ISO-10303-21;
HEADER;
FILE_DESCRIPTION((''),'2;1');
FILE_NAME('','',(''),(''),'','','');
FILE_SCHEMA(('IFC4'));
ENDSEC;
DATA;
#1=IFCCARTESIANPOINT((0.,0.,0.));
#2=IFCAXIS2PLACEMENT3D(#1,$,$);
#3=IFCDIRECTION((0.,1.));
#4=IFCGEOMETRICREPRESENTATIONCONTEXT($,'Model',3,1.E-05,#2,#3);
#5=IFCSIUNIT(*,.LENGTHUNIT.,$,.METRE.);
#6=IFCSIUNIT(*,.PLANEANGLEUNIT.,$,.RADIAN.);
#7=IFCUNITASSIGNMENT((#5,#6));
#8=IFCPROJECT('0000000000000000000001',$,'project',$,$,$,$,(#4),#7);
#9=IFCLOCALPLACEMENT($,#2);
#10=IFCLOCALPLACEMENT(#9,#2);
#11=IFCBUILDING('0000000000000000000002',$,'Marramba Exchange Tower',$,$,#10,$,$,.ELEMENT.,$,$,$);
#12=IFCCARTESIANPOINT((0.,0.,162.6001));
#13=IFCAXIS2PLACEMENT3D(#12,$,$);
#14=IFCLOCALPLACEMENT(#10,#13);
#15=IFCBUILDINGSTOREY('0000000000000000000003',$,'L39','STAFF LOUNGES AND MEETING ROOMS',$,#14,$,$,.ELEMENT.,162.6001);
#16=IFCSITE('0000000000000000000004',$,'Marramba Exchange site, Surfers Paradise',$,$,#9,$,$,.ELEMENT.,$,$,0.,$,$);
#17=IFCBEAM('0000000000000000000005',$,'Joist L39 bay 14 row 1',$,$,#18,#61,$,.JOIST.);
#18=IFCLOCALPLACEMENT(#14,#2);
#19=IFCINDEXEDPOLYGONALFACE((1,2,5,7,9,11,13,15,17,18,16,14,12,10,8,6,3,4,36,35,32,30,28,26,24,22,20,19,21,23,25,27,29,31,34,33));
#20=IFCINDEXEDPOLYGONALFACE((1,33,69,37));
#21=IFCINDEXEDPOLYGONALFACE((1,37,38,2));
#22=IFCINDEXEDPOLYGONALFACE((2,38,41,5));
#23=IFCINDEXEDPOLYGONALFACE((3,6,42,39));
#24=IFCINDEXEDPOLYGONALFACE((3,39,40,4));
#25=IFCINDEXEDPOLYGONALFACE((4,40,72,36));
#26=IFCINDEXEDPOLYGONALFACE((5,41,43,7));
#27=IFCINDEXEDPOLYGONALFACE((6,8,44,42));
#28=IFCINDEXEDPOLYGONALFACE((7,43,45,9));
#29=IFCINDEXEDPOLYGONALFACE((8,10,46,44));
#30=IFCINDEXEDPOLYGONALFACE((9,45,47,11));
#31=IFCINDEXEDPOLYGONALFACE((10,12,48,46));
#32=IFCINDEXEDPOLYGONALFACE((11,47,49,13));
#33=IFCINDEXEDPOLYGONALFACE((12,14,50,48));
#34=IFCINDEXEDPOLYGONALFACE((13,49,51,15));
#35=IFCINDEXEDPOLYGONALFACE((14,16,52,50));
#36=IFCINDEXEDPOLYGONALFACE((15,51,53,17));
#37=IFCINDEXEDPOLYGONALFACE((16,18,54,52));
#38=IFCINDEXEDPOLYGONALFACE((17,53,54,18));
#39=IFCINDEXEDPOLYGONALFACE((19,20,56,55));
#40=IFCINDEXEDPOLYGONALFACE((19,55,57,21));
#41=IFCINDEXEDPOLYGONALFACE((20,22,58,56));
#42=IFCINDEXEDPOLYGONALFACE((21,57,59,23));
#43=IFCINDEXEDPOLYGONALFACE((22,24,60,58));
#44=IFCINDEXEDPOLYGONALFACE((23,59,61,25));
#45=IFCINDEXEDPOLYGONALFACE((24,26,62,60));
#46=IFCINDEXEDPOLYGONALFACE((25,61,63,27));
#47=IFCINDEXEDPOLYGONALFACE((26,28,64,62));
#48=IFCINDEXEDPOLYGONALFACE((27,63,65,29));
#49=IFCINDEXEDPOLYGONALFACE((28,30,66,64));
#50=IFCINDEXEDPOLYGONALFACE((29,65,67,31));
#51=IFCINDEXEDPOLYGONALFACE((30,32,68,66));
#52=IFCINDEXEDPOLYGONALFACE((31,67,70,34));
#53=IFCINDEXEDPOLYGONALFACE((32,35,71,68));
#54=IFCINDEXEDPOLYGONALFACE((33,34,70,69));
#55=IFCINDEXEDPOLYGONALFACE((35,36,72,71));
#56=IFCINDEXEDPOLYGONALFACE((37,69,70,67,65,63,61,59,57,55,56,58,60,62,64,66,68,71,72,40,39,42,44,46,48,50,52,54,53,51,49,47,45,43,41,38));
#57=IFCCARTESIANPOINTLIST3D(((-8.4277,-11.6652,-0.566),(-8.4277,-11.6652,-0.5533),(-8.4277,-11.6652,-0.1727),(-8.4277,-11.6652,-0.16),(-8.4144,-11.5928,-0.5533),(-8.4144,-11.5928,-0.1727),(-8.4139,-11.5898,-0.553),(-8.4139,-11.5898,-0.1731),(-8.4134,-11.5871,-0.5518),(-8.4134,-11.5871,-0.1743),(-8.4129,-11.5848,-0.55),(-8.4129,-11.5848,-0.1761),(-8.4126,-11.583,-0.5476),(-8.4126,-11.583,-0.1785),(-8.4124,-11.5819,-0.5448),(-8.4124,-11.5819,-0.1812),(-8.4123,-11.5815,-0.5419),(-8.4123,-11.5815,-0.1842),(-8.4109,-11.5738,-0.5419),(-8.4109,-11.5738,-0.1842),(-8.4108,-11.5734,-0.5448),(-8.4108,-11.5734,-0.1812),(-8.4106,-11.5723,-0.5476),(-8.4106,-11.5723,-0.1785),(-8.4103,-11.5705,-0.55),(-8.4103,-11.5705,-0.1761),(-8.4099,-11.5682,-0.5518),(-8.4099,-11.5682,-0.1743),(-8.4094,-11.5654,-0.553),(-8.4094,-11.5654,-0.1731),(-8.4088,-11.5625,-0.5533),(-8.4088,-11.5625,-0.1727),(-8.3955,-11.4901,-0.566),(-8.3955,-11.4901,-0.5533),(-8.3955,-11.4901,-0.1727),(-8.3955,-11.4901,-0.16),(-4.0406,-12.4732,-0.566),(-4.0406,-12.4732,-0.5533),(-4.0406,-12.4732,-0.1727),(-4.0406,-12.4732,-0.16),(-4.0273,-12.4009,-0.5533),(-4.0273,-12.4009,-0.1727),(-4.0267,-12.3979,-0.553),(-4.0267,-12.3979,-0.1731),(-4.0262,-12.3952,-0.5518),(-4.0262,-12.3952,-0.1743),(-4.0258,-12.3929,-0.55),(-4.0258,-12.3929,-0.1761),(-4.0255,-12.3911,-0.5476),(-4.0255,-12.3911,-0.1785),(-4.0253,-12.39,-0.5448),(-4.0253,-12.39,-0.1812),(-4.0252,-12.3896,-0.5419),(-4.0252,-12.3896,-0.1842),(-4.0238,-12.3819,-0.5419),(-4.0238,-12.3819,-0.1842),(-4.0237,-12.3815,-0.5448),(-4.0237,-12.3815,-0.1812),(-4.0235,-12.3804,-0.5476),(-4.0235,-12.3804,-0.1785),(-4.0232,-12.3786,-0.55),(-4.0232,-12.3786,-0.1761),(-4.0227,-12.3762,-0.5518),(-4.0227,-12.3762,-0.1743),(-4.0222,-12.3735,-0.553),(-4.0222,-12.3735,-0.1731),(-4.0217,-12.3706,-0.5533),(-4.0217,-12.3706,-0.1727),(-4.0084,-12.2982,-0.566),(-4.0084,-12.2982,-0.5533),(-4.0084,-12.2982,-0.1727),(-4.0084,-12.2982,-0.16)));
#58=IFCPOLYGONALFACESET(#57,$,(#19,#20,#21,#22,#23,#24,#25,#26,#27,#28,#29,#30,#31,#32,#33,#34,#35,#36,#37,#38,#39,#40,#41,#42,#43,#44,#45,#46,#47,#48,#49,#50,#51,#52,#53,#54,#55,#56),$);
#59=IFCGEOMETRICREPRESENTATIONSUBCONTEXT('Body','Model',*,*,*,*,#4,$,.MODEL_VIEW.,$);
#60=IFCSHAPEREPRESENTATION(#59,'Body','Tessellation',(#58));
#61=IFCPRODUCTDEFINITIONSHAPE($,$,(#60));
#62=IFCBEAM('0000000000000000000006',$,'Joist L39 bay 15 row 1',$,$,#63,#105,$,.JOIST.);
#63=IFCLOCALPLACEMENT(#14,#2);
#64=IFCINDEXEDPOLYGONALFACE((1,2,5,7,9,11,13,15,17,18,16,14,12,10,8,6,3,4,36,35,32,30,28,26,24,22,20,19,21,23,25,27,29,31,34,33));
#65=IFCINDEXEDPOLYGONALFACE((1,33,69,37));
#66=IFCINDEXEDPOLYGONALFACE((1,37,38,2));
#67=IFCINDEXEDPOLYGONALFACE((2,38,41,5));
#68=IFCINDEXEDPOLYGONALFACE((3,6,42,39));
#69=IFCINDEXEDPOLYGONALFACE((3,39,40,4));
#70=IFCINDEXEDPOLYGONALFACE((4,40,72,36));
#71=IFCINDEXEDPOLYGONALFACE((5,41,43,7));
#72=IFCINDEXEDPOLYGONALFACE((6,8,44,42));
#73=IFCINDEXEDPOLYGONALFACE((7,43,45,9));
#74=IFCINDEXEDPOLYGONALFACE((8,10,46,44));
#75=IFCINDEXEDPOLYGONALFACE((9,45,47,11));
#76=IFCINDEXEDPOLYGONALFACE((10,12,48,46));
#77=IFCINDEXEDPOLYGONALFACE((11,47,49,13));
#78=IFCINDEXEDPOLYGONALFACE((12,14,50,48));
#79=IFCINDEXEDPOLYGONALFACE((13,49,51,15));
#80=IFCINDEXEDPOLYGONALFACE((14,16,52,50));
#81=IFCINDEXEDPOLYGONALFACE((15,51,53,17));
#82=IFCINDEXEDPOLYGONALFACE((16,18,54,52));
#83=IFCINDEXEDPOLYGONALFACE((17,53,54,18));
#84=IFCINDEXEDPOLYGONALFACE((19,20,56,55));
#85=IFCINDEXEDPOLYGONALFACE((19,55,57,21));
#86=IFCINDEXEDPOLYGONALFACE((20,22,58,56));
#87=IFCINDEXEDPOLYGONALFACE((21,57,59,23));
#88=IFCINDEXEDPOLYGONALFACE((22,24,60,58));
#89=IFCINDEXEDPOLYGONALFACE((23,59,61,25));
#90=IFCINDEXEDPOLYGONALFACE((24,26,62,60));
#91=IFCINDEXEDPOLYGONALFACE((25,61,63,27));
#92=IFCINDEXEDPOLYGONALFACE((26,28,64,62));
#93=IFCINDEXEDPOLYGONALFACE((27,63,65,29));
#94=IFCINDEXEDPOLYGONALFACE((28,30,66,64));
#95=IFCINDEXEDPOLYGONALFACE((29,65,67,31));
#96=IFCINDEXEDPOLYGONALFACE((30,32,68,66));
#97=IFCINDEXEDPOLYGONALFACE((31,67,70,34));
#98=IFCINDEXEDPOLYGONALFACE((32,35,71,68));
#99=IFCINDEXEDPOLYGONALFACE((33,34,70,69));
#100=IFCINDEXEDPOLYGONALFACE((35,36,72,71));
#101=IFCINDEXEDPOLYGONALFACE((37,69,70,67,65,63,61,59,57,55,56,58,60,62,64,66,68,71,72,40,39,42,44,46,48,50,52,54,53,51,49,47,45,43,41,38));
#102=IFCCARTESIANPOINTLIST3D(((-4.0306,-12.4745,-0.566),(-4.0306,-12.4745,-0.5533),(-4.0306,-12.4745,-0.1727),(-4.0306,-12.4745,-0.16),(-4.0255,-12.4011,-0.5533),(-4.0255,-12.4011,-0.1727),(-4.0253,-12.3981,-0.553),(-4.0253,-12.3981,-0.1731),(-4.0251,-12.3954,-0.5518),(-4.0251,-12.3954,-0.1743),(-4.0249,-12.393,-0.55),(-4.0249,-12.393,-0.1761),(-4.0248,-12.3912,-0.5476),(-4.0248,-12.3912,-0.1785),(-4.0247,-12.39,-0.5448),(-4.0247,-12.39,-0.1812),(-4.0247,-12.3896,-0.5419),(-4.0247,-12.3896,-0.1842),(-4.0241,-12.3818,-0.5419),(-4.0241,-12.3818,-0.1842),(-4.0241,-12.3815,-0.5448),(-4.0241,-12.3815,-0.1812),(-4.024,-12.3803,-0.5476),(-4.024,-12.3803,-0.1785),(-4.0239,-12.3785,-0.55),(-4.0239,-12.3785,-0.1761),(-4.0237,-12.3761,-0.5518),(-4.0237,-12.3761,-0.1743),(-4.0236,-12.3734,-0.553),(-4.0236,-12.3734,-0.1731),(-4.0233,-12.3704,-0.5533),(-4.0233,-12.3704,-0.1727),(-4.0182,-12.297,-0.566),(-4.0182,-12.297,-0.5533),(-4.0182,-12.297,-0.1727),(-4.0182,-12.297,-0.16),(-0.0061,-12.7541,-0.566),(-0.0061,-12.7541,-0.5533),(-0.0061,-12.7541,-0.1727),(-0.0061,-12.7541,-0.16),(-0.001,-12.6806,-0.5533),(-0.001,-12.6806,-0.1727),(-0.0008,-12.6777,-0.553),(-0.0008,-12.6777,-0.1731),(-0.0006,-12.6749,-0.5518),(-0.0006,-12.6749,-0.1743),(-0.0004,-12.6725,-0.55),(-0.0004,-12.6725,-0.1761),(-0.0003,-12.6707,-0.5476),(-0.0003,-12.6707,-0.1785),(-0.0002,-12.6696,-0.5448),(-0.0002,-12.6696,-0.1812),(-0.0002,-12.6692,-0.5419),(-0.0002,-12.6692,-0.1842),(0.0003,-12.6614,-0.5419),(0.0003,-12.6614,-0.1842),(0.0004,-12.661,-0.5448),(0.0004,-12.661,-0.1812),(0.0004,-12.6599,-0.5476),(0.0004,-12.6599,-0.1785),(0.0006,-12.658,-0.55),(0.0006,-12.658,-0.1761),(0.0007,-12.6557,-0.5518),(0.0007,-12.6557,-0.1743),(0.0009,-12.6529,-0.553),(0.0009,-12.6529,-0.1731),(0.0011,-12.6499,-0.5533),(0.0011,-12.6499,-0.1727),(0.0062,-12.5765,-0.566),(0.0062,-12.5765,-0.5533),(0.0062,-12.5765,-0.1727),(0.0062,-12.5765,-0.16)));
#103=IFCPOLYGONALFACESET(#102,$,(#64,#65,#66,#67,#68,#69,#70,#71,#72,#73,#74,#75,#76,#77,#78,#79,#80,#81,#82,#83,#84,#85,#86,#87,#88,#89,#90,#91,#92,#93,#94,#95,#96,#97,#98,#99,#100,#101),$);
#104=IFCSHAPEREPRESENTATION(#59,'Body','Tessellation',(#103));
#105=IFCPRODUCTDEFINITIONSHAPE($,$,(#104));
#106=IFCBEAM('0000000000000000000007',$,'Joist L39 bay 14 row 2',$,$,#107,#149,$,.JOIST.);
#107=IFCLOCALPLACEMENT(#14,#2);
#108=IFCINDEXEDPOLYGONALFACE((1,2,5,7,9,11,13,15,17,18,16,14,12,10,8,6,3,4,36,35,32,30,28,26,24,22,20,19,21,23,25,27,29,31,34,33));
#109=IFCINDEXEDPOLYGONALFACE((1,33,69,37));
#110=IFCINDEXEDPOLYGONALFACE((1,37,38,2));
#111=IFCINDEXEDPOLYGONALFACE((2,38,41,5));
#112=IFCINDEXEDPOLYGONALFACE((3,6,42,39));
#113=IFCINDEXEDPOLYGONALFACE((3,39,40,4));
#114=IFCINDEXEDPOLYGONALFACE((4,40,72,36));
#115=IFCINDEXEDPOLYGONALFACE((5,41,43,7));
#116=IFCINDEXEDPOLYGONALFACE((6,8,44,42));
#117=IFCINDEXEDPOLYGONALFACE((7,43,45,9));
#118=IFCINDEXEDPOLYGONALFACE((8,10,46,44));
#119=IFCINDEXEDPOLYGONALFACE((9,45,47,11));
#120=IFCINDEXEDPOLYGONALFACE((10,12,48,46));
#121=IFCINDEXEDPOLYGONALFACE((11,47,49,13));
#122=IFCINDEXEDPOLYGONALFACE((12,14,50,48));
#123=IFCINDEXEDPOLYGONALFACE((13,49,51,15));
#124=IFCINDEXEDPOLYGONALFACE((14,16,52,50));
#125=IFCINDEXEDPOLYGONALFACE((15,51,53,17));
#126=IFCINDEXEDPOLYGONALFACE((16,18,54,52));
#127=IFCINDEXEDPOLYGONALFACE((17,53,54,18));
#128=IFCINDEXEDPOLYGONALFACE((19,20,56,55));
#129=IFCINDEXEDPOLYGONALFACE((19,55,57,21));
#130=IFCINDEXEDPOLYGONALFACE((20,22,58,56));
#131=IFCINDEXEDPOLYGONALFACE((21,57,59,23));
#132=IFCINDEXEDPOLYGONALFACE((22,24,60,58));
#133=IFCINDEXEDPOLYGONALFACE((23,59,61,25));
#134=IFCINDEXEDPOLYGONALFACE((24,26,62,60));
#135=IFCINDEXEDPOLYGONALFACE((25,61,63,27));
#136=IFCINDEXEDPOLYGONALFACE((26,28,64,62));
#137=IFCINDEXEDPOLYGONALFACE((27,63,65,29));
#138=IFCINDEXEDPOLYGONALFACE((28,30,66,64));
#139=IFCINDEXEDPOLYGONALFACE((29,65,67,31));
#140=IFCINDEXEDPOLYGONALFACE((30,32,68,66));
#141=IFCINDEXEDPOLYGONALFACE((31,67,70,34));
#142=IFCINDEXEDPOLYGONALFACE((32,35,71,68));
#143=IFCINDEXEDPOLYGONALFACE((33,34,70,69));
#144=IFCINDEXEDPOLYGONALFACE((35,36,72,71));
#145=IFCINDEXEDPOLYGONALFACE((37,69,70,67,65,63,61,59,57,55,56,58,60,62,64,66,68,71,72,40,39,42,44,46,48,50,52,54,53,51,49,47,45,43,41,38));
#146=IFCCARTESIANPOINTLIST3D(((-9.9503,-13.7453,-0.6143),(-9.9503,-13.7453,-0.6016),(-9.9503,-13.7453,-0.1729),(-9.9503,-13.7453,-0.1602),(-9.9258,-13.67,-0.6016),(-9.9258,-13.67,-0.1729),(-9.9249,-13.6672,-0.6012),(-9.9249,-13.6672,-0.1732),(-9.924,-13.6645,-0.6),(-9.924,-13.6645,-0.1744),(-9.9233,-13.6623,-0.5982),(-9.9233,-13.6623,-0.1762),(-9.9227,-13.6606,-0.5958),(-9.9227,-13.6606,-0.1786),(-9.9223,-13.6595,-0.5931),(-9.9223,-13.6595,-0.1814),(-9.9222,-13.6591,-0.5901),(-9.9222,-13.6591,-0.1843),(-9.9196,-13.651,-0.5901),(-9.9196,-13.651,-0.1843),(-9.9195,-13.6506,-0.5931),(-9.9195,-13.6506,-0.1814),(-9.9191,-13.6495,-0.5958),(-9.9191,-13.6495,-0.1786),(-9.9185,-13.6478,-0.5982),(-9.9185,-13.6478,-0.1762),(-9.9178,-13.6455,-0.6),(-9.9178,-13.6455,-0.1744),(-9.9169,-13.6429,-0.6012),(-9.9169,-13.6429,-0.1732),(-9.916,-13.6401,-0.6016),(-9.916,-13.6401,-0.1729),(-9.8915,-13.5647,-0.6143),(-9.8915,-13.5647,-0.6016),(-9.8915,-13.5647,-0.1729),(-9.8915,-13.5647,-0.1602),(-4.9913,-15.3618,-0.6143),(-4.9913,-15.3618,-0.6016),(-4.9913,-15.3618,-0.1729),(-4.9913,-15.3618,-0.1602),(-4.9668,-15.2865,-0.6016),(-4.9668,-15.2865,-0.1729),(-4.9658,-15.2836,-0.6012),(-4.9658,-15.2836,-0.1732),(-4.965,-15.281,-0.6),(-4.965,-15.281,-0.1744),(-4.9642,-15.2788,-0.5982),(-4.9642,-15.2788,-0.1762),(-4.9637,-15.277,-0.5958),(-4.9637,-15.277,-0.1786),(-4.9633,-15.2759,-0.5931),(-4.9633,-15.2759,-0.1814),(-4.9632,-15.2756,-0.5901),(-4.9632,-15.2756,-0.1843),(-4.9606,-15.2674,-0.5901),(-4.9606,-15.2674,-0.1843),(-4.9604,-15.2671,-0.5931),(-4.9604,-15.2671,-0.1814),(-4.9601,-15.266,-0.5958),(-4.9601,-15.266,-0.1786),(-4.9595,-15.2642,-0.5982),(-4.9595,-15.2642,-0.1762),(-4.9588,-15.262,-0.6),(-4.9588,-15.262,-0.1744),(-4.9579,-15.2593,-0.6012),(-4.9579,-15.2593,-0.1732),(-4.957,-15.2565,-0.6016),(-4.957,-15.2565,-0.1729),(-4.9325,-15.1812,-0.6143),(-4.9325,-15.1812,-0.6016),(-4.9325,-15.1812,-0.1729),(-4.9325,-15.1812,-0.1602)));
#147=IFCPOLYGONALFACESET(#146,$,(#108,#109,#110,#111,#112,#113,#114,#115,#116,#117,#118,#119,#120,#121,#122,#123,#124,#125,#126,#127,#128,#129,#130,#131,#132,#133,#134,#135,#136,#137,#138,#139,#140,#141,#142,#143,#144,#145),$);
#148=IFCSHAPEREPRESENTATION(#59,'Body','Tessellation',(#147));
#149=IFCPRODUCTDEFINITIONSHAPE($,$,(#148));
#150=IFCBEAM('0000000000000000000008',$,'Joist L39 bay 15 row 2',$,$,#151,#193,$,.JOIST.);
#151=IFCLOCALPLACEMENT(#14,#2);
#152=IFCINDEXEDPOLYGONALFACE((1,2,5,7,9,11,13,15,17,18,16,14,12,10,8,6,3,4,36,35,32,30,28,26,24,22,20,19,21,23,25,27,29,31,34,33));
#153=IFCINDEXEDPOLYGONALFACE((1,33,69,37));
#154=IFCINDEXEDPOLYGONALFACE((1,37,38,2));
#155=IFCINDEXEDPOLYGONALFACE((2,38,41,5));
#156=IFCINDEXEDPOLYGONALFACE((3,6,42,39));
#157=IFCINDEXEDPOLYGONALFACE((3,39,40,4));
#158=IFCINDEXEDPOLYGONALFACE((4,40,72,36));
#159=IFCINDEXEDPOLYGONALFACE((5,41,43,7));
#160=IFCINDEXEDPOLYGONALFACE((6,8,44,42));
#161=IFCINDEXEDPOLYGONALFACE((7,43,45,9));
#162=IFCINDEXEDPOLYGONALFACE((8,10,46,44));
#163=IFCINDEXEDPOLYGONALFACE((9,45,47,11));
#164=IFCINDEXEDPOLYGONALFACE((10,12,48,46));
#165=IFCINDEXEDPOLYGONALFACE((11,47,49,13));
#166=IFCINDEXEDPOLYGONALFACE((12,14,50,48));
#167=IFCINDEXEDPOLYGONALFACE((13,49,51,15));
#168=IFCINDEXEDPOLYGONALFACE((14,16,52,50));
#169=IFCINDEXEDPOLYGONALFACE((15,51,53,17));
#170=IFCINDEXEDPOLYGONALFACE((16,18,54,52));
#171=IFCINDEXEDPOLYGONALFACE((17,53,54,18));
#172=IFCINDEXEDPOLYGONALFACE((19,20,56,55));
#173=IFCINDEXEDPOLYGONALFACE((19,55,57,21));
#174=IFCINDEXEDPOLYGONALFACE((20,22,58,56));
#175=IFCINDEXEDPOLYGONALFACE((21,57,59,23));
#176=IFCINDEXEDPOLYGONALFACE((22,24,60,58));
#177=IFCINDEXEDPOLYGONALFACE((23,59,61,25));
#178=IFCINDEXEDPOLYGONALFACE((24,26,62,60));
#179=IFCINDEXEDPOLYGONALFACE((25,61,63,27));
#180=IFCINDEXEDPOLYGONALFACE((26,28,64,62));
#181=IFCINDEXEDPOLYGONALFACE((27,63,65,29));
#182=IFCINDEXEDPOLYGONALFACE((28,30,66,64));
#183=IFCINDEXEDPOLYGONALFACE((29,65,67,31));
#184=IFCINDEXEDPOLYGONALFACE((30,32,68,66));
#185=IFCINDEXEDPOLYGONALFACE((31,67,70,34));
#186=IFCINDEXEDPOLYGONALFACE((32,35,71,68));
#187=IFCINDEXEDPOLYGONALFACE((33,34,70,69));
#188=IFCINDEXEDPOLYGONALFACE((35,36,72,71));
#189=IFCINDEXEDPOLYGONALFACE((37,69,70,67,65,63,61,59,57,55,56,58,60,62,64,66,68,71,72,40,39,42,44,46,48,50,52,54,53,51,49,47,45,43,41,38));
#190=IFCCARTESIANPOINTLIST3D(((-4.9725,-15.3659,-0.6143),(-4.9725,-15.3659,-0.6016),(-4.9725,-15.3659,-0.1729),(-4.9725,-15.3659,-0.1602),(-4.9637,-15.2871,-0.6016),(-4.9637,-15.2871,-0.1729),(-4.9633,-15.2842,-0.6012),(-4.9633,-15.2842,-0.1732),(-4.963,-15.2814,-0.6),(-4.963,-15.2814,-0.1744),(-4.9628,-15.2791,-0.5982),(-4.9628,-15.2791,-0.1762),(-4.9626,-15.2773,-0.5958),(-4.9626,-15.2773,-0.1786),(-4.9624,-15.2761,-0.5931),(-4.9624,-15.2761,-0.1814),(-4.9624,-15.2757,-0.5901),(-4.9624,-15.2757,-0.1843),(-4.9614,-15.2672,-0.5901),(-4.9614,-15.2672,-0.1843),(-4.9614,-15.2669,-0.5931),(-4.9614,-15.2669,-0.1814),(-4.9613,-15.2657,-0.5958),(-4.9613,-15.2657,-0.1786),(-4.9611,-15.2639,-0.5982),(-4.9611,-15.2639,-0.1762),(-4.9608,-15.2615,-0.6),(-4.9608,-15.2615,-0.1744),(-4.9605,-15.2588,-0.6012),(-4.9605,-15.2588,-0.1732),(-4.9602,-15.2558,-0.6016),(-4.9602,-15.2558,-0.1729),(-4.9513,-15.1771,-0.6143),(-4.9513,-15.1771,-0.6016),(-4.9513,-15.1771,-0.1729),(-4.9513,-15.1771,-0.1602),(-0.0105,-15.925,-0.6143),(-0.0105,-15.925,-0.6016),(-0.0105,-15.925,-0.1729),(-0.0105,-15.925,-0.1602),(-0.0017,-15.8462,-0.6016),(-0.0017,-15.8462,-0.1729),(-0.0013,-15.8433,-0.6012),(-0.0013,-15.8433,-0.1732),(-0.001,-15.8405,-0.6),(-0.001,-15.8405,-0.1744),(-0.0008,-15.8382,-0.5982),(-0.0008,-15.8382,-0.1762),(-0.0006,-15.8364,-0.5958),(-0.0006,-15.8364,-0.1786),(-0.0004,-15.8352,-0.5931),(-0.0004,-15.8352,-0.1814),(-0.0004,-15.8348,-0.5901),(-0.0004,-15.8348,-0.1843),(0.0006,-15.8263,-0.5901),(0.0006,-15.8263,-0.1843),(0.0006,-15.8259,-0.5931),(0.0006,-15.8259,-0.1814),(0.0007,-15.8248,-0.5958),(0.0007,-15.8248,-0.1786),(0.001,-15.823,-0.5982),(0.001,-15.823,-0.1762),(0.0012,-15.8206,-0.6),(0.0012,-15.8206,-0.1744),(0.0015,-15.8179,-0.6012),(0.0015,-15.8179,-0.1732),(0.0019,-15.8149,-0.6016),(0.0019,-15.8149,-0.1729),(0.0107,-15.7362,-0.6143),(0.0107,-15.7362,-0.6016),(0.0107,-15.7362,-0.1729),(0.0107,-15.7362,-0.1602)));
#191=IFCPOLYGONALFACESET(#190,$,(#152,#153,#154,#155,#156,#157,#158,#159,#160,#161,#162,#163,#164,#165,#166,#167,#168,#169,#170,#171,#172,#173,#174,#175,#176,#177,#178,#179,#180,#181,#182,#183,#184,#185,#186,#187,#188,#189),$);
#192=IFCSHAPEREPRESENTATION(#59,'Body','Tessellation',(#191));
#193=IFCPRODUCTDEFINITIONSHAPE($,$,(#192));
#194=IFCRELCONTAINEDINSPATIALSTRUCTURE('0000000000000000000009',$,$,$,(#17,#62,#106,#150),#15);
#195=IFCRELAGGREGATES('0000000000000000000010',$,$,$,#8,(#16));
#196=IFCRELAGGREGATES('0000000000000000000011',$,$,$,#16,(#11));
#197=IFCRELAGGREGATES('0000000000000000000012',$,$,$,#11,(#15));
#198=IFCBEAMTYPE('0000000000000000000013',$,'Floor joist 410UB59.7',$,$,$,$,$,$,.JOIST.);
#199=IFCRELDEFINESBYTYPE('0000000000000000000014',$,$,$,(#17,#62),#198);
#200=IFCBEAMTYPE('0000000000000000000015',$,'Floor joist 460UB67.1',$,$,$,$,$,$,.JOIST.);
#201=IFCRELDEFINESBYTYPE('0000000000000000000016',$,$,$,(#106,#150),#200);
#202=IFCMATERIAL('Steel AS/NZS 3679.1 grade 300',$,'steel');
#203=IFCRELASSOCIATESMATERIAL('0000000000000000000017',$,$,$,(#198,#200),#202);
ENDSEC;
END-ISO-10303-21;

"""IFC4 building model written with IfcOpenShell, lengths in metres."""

from ifc_helpers import new_model, si_unit, direction, frame, origin, origin_2d, place, context, subcontext, project, spatial, i_section, extrude, material, material_profile, profile_set, type_object, element, save


model = new_model("IFC4")

# Units and contexts
model_context = context("Model", 3, precision=1e-05, world=origin(), true_north=direction((0.0, 1.0)))
body_context = subcontext(model_context, "Body", "Model", "MODEL_VIEW")
ifc_project = project(units=[si_unit("LENGTHUNIT", "METRE"), si_unit("PLANEANGLEUNIT", "RADIAN")], contexts=[model_context])

# Site, building, storey
site_placement = place(None, origin())
site = spatial("IfcSite", under=ifc_project, at=site_placement, Name="Marramba Exchange site, Surfers Paradise", CompositionType="ELEMENT", RefElevation=0.0)
building_placement = place(site_placement, origin())
building = spatial("IfcBuilding", under=site, at=building_placement, Name="Marramba Exchange Tower", CompositionType="ELEMENT")
storey_placement = place(building_placement, frame((0.0, 0.0, 162.6001)))
storey = spatial("IfcBuildingStorey", under=building, at=storey_placement, Name="L39", Description="STAFF LOUNGES AND MEETING ROOMS", CompositionType="ELEMENT", Elevation=162.6001)

# Beams
ifc_material_1 = material(Name="Steel AS/NZS 3679.1 grade 300", Category="steel")
ifc_material_profile_1 = material_profile(ifc_material_1, i_section(OverallWidth=0.178, OverallDepth=0.406, WebThickness=0.0078, FlangeThickness=0.0127, FilletRadius=0.0115, at=origin_2d()), Name="410UB59.7")
ifc_profile_set_1 = profile_set([ifc_material_profile_1], Name="Steel AS/NZS 3679.1 grade 300")
beam_type_1 = type_object("IfcBeamType", Name="Floor joist 410UB59.7", PredefinedType="JOIST", material=ifc_profile_set_1)
beam_1_placement = place(storey_placement, frame((-8.4116, -11.5776, -0.363), z_axis=(0.983456, -0.181149, 0.0), x_axis=(0.181149, 0.983456, 0.0)))
element("IfcBeam", 1, at=beam_1_placement, inside=storey, type_object=beam_type_1, Name="Joist L39 bay 14 row 1", PredefinedType="JOIST", context=body_context, shape_type="SweptSolid", body=[
    extrude(i_section(OverallWidth=0.178, OverallDepth=0.406, WebThickness=0.0078, FlangeThickness=0.0127, FilletRadius=0.0115, at=origin_2d()), origin(), (0.0, 0.0, 1.0), 4.4609),
])
beam_2_placement = place(storey_placement, frame((-4.0244, -12.3857, -0.363), z_axis=(0.997596, -0.069294, 0.0), x_axis=(0.069294, 0.997596, 0.0)))
element("IfcBeam", 2, at=beam_2_placement, inside=storey, type_object=beam_type_1, Name="Joist L39 bay 15 row 1", PredefinedType="JOIST", context=body_context, shape_type="SweptSolid", body=[
    extrude(i_section(OverallWidth=0.178, OverallDepth=0.406, WebThickness=0.0078, FlangeThickness=0.0127, FilletRadius=0.0115, at=origin_2d()), origin(), (0.0, 0.0, 1.0), 4.0342),
])
ifc_material_profile_2 = material_profile(ifc_material_1, i_section(OverallWidth=0.1899, OverallDepth=0.4541, WebThickness=0.0085, FlangeThickness=0.0127, FilletRadius=0.0115, at=origin_2d()), Name="460UB67.1")
ifc_profile_set_2 = profile_set([ifc_material_profile_2], Name="Steel AS/NZS 3679.1 grade 300")
beam_type_2 = type_object("IfcBeamType", Name="Floor joist 460UB67.1", PredefinedType="JOIST", material=ifc_profile_set_2)
beam_3_placement = place(storey_placement, frame((-9.9209, -13.655, -0.3872), z_axis=(0.950764, -0.309916, 0.0), x_axis=(0.309916, 0.950764, 0.0)))
element("IfcBeam", 3, at=beam_3_placement, inside=storey, type_object=beam_type_2, Name="Joist L39 bay 14 row 2", PredefinedType="JOIST", context=body_context, shape_type="SweptSolid", body=[
    extrude(i_section(OverallWidth=0.1899, OverallDepth=0.4541, WebThickness=0.0085, FlangeThickness=0.0127, FilletRadius=0.0115, at=origin_2d()), origin(), (0.0, 0.0, 1.0), 5.2158),
])
beam_4_placement = place(storey_placement, frame((-4.9619, -15.2715, -0.3872), z_axis=(0.993712, -0.111966, 0.0), x_axis=(0.111966, 0.993712, 0.0)))
element("IfcBeam", 4, at=beam_4_placement, inside=storey, type_object=beam_type_2, Name="Joist L39 bay 15 row 2", PredefinedType="JOIST", context=body_context, shape_type="SweptSolid", body=[
    extrude(i_section(OverallWidth=0.1899, OverallDepth=0.4541, WebThickness=0.0085, FlangeThickness=0.0127, FilletRadius=0.0115, at=origin_2d()), origin(), (0.0, 0.0, 1.0), 4.9934),
])

save(model, "model.ifc")
